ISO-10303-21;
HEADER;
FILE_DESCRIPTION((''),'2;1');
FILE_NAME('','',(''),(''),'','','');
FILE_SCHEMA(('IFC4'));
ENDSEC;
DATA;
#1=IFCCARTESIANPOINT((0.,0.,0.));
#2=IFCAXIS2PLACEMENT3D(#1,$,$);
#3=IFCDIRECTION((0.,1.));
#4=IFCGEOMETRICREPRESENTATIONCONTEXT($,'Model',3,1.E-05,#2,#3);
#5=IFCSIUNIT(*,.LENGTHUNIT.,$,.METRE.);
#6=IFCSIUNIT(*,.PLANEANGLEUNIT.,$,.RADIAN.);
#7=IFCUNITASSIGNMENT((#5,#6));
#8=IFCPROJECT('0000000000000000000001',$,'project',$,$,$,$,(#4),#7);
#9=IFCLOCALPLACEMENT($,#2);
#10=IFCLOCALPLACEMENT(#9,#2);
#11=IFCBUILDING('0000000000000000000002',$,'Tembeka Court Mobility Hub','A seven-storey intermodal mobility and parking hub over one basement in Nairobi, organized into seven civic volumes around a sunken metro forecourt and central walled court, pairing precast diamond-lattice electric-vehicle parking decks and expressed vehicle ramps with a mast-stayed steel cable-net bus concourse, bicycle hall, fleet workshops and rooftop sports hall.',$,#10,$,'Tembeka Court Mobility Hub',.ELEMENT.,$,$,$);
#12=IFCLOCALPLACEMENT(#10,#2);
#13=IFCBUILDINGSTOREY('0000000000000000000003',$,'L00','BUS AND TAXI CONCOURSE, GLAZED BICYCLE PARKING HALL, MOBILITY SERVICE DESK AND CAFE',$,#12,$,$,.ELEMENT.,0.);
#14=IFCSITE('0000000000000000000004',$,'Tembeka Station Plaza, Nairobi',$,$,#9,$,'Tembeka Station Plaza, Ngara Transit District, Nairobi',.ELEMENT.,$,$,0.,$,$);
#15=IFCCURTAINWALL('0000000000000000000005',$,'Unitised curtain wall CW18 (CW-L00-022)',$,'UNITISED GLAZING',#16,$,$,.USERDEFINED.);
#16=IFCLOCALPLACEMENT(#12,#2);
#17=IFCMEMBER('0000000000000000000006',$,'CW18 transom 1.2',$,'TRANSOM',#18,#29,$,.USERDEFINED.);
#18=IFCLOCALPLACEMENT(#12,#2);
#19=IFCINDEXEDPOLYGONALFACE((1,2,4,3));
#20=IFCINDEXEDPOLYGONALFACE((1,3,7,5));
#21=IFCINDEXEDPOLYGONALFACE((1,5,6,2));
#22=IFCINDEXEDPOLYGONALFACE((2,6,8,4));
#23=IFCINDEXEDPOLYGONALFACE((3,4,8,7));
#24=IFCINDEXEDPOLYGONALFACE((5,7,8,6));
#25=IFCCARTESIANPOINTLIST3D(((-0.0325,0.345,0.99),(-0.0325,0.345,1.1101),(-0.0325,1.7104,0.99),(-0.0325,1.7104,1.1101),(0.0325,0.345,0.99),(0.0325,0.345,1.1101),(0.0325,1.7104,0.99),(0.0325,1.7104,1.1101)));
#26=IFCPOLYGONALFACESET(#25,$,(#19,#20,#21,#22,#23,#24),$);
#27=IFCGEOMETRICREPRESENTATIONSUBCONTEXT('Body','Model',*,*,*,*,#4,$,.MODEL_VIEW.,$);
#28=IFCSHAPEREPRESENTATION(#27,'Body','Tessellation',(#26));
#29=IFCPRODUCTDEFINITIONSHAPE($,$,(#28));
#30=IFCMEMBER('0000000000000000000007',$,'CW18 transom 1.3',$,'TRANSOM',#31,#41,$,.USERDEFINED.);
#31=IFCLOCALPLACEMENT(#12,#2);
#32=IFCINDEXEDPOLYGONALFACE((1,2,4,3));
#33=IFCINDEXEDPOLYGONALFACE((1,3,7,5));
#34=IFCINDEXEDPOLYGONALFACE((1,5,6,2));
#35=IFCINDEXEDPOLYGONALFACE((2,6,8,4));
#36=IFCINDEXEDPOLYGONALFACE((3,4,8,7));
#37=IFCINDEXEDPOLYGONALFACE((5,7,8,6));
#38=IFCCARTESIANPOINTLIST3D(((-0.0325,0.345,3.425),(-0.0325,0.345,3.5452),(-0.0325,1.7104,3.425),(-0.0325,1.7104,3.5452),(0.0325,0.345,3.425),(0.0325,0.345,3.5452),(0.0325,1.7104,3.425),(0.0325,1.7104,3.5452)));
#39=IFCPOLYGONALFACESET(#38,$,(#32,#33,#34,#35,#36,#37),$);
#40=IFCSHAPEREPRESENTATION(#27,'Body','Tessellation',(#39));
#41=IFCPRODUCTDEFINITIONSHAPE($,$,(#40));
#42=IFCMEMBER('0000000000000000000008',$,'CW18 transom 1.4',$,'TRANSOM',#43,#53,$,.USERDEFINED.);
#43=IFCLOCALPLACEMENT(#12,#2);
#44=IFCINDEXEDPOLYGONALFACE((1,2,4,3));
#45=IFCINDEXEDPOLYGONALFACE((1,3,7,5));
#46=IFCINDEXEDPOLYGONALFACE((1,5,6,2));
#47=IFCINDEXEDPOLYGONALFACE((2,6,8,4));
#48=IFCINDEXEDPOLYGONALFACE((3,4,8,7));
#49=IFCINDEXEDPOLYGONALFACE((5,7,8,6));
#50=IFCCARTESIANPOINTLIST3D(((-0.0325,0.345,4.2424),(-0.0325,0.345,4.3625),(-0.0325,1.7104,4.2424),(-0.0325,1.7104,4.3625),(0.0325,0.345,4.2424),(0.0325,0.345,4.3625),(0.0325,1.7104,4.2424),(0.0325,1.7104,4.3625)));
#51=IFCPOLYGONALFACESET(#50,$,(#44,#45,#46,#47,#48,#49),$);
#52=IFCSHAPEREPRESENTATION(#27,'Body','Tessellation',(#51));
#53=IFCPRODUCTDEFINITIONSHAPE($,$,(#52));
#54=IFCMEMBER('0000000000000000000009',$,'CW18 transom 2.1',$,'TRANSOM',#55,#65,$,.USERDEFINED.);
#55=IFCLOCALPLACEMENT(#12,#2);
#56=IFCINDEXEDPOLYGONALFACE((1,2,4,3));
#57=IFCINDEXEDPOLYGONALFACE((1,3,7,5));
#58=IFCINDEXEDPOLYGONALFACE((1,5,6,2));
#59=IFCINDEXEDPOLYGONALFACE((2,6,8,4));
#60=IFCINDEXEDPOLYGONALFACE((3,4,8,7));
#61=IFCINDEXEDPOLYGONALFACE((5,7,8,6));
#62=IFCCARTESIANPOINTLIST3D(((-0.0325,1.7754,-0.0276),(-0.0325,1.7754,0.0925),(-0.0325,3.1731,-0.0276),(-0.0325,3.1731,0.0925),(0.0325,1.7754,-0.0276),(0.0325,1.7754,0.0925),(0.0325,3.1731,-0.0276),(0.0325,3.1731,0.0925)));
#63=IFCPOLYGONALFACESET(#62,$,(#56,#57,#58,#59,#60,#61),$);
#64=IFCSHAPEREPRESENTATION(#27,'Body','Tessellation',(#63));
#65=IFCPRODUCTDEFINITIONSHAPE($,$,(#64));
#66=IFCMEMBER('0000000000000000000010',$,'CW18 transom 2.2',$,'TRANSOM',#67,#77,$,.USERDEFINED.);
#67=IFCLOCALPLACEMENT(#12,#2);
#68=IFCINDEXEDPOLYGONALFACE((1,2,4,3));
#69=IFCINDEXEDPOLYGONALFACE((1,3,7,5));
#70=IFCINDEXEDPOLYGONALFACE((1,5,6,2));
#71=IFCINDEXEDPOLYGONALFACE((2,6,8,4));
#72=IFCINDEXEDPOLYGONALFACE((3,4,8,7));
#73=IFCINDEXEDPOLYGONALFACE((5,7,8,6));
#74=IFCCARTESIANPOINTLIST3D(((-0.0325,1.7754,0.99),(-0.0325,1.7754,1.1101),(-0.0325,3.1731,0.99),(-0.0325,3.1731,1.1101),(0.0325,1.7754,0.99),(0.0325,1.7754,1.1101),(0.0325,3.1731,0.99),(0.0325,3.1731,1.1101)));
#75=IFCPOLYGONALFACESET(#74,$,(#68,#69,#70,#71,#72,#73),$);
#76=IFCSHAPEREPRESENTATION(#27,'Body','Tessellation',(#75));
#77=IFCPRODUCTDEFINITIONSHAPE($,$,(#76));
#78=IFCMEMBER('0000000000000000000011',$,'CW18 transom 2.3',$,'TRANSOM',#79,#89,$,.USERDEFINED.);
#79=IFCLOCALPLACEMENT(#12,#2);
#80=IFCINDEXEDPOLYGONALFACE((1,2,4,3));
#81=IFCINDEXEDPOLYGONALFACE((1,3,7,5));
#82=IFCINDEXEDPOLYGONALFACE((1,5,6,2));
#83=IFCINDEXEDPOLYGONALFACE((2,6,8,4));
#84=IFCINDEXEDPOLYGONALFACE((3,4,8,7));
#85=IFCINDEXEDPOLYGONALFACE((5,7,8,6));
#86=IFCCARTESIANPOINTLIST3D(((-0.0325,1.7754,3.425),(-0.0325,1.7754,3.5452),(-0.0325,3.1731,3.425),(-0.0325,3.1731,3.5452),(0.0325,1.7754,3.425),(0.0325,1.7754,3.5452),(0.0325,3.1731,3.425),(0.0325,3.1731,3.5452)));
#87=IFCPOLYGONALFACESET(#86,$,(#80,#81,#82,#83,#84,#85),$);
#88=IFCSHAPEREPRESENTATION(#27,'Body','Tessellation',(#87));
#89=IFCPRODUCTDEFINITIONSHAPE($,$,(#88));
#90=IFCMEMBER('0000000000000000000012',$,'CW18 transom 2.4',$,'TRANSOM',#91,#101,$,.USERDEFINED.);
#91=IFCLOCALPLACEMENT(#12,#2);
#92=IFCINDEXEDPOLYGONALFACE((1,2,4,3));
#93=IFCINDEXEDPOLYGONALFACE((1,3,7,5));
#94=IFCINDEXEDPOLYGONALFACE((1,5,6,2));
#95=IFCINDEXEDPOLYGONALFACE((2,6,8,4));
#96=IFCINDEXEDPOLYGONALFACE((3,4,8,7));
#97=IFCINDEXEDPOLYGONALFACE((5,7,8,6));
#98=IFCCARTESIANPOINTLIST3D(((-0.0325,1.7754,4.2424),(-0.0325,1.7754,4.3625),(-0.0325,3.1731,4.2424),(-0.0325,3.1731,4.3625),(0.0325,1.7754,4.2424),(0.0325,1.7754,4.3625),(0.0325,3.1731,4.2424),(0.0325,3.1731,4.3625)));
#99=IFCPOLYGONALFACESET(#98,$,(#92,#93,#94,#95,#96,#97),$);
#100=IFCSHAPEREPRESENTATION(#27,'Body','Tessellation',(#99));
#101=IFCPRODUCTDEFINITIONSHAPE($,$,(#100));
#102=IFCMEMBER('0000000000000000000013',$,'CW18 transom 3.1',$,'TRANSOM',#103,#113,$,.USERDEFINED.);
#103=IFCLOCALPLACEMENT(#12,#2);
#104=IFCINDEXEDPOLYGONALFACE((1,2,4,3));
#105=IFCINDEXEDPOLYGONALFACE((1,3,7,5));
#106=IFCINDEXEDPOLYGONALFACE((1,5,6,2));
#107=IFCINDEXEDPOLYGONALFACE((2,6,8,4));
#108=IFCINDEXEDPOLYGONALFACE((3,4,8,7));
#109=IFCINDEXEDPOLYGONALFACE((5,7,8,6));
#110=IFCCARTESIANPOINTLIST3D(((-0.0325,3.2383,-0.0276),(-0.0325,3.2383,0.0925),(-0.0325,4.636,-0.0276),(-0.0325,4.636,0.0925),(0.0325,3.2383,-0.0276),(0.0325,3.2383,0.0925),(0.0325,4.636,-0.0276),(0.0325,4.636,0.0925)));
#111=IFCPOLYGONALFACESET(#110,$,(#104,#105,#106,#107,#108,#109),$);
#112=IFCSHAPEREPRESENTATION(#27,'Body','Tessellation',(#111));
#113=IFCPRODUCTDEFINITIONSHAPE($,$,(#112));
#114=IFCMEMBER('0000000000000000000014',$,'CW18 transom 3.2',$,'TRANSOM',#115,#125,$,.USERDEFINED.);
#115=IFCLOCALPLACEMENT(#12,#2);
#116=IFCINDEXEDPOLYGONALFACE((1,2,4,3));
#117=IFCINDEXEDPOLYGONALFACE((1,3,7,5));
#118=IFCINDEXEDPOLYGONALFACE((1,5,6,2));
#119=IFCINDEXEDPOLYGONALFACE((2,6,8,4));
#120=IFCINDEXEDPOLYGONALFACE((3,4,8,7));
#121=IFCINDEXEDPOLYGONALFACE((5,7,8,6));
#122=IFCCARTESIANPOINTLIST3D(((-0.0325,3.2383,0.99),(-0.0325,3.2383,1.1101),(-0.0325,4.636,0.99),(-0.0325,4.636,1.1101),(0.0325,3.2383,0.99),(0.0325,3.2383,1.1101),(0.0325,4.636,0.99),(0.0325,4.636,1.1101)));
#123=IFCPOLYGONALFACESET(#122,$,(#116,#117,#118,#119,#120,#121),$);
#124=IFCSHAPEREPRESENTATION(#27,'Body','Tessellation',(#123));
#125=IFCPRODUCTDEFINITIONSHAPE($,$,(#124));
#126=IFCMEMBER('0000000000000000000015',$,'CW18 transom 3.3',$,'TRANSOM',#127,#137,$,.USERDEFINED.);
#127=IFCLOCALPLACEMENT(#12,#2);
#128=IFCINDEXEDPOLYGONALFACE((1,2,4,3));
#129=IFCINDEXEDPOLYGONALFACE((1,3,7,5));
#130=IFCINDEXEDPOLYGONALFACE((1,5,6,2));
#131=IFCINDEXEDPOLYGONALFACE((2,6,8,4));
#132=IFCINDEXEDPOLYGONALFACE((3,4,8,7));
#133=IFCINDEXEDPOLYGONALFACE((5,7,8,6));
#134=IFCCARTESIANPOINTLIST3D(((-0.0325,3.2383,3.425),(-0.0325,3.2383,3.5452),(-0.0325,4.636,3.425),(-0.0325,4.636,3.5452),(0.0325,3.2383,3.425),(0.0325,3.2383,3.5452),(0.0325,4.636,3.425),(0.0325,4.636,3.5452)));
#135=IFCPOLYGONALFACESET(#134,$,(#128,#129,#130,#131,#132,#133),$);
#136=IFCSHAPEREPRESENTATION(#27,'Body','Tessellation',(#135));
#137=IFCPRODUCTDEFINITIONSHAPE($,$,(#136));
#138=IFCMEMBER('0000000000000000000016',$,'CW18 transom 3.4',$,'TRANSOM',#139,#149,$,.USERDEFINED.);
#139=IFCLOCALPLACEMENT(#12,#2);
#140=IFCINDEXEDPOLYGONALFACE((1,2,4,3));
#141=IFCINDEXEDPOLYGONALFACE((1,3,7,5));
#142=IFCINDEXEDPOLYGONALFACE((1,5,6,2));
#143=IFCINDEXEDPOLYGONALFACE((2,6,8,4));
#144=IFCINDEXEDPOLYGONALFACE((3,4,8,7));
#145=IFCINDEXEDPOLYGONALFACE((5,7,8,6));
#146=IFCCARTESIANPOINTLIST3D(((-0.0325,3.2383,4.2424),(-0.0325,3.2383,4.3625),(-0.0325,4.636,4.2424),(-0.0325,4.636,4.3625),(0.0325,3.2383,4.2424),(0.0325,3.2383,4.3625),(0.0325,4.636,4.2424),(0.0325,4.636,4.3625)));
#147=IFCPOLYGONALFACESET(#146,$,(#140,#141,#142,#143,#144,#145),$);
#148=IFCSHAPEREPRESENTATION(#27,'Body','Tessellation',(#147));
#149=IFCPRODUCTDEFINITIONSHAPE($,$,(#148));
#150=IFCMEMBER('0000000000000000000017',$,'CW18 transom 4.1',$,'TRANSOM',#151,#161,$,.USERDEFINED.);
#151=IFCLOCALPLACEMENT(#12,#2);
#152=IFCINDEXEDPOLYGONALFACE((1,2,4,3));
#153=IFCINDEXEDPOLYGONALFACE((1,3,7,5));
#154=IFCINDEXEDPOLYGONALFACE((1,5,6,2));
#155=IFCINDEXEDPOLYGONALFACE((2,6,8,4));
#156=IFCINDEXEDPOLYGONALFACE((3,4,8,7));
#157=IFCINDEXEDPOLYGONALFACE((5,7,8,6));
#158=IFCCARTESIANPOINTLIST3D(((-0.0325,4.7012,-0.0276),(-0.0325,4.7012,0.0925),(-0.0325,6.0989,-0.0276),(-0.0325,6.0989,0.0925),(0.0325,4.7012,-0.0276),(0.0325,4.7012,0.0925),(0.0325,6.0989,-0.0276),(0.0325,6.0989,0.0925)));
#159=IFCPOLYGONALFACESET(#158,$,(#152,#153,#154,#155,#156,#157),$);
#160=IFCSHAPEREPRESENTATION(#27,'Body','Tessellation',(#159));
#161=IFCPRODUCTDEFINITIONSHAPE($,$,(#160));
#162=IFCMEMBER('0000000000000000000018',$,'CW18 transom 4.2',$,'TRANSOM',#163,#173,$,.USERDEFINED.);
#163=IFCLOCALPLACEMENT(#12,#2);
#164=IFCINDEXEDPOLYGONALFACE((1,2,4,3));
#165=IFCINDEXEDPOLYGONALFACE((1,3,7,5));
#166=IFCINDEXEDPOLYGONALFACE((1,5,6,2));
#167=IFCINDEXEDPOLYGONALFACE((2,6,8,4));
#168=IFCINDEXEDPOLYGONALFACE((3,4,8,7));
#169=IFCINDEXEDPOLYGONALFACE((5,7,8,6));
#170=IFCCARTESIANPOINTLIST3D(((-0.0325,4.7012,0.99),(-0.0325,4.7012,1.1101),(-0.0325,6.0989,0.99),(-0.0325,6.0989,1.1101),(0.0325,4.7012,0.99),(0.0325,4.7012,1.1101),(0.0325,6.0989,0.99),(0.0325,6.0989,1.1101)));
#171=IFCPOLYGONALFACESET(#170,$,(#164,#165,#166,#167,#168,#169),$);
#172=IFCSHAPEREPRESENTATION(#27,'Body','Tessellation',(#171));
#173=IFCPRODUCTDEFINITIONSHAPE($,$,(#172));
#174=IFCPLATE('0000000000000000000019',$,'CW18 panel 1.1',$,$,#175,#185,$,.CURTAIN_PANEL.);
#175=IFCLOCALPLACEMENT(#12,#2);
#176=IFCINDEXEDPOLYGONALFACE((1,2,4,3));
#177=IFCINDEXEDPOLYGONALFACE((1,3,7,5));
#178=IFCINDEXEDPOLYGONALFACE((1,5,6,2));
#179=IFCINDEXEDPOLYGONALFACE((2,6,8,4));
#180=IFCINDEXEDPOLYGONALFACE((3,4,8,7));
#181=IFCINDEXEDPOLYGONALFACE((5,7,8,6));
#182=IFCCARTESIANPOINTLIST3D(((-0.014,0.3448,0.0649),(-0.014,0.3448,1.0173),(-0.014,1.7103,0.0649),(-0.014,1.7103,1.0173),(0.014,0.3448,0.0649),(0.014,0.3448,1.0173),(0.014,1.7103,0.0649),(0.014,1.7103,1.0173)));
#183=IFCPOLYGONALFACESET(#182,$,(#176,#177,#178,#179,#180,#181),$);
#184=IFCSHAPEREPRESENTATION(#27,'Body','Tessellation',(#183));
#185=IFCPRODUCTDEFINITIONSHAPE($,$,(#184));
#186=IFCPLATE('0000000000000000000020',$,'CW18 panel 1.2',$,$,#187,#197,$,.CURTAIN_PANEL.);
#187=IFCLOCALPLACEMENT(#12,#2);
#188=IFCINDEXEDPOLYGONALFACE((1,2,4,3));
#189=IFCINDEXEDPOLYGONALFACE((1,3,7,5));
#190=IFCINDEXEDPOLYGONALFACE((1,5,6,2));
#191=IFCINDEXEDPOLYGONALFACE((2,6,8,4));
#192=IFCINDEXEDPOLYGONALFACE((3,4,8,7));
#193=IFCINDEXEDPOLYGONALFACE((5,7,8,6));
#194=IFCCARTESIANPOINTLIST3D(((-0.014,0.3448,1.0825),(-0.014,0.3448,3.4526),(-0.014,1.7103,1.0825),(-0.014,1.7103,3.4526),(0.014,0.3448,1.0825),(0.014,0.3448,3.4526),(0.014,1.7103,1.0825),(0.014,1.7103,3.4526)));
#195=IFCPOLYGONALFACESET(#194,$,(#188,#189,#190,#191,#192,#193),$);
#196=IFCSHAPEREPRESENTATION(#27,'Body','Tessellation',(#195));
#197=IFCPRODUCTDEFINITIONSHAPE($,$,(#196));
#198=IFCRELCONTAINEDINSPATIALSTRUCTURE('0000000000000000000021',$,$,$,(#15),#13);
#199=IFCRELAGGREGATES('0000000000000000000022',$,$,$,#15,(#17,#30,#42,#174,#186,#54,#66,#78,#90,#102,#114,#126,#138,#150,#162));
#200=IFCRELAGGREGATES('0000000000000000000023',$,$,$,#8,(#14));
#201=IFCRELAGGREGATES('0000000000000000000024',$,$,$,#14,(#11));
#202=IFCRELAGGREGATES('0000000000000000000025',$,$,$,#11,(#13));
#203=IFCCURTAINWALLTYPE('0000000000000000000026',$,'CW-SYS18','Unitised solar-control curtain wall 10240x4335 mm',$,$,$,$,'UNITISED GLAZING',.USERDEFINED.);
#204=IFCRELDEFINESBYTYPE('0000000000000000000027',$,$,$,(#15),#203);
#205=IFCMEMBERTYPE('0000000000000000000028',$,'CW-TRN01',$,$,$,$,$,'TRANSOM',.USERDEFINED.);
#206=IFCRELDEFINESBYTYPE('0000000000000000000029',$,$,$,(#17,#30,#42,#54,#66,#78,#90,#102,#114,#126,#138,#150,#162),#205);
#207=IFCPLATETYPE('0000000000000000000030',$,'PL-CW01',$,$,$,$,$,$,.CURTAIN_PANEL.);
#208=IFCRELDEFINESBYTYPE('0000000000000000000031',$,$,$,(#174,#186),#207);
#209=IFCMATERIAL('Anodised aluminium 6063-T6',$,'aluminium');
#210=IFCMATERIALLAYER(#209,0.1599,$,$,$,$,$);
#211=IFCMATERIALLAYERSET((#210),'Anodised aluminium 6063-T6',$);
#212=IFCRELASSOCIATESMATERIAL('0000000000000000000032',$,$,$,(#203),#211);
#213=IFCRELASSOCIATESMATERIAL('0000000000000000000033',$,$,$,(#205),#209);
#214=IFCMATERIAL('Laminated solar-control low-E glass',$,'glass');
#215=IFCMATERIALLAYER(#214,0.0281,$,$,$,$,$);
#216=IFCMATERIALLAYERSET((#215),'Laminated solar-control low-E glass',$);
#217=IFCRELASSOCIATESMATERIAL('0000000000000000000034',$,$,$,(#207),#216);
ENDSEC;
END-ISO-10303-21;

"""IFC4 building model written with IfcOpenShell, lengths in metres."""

from ifc_helpers import new_model, si_unit, direction, frame, origin, origin_2d, place, context, subcontext, project, spatial, rectangle, extrude, material, layer, layer_set, material_profile, profile_set, type_object, element, aggregate, save


model = new_model("IFC4")

# Units and contexts
model_context = context("Model", 3, precision=1e-05, world=origin(), true_north=direction((0.0, 1.0)))
body_context = subcontext(model_context, "Body", "Model", "MODEL_VIEW")
ifc_project = project(units=[si_unit("LENGTHUNIT", "METRE"), si_unit("PLANEANGLEUNIT", "RADIAN")], contexts=[model_context])

# Site, building, storey
site_placement = place(None, origin())
site = spatial("IfcSite", under=ifc_project, at=site_placement, Name="Tembeka Station Plaza, Nairobi", LongName="Tembeka Station Plaza, Ngara Transit District, Nairobi", CompositionType="ELEMENT", RefElevation=0.0)
building_placement = place(site_placement, origin())
building = spatial("IfcBuilding", under=site, at=building_placement, Name="Tembeka Court Mobility Hub", Description="A seven-storey intermodal mobility and parking hub over one basement in Nairobi, organized into seven civic volumes around a sunken metro forecourt and central walled court, pairing precast diamond-lattice electric-vehicle parking decks and expressed vehicle ramps with a mast-stayed steel cable-net bus concourse, bicycle hall, fleet workshops and rooftop sports hall.", LongName="Tembeka Court Mobility Hub", CompositionType="ELEMENT")
storey_placement = place(building_placement, origin())
storey = spatial("IfcBuildingStorey", under=building, at=storey_placement, Name="L00", Description="BUS AND TAXI CONCOURSE, GLAZED BICYCLE PARKING HALL, MOBILITY SERVICE DESK AND CAFE", CompositionType="ELEMENT", Elevation=0.0)

# Curtain wall, members, plates
ifc_material_1 = material(Name="Anodised aluminium 6063-T6", Category="aluminium")
ifc_layer_1 = layer(ifc_material_1, 0.1599)
ifc_layer_set_1 = layer_set([ifc_layer_1], Name="Anodised aluminium 6063-T6")
curtain_wall_type = type_object("IfcCurtainWallType", Name="CW-SYS18", Description="Unitised solar-control curtain wall 10240x4335 mm", ElementType="UNITISED GLAZING", PredefinedType="USERDEFINED", material=ifc_layer_set_1)
curtain_wall_placement = place(storey_placement, origin())
curtain_wall = element("IfcCurtainWall", 1, at=curtain_wall_placement, inside=storey, type_object=curtain_wall_type, Name="Unitised curtain wall CW18 (CW-L00-022)", ObjectType="UNITISED GLAZING", PredefinedType="USERDEFINED")
ifc_material_profile = material_profile(ifc_material_1, rectangle(XDim=0.0649, YDim=0.1201, at=origin_2d()), Name="ALU-TRN 65x120")
ifc_profile_set = profile_set([ifc_material_profile], Name="Anodised aluminium 6063-T6")
member_type = type_object("IfcMemberType", Name="CW-TRN01", ElementType="TRANSOM", PredefinedType="USERDEFINED", material=ifc_profile_set)
member_1_placement = place(storey_placement, frame((0.0, 0.345, 1.05), z_axis=(0.0, 1.0, 0.0), x_axis=(-1.0, 0.0, 0.0)))
member_1 = element("IfcMember", 2, at=member_1_placement, type_object=member_type, Name="CW18 transom 1.2", ObjectType="TRANSOM", PredefinedType="USERDEFINED", context=body_context, shape_type="SweptSolid", body=[
    extrude(rectangle(XDim=0.0649, YDim=0.1201, at=origin_2d()), origin(), (0.0, 0.0, 1.0), 1.3655),
])
member_2_placement = place(storey_placement, frame((0.0, 0.345, 3.4851), z_axis=(0.0, 1.0, 0.0), x_axis=(-1.0, 0.0, 0.0)))
member_2 = element("IfcMember", 3, at=member_2_placement, type_object=member_type, Name="CW18 transom 1.3", ObjectType="TRANSOM", PredefinedType="USERDEFINED", context=body_context, shape_type="SweptSolid", body=[
    extrude(rectangle(XDim=0.0649, YDim=0.1201, at=origin_2d()), origin(), (0.0, 0.0, 1.0), 1.3655),
])
member_3_placement = place(storey_placement, frame((0.0, 0.345, 4.3025), z_axis=(0.0, 1.0, 0.0), x_axis=(-1.0, 0.0, 0.0)))
member_3 = element("IfcMember", 4, at=member_3_placement, type_object=member_type, Name="CW18 transom 1.4", ObjectType="TRANSOM", PredefinedType="USERDEFINED", context=body_context, shape_type="SweptSolid", body=[
    extrude(rectangle(XDim=0.0649, YDim=0.1201, at=origin_2d()), origin(), (0.0, 0.0, 1.0), 1.3655),
])
member_4_placement = place(storey_placement, frame((0.0, 1.7754, 0.0325), z_axis=(0.0, 1.0, 0.0), x_axis=(-1.0, 0.0, 0.0)))
member_4 = element("IfcMember", 5, at=member_4_placement, type_object=member_type, Name="CW18 transom 2.1", ObjectType="TRANSOM", PredefinedType="USERDEFINED", context=body_context, shape_type="SweptSolid", body=[
    extrude(rectangle(XDim=0.0649, YDim=0.1201, at=origin_2d()), origin(), (0.0, 0.0, 1.0), 1.3977),
])
member_5_placement = place(storey_placement, frame((0.0, 1.7754, 1.05), z_axis=(0.0, 1.0, 0.0), x_axis=(-1.0, 0.0, 0.0)))
member_5 = element("IfcMember", 6, at=member_5_placement, type_object=member_type, Name="CW18 transom 2.2", ObjectType="TRANSOM", PredefinedType="USERDEFINED", context=body_context, shape_type="SweptSolid", body=[
    extrude(rectangle(XDim=0.0649, YDim=0.1201, at=origin_2d()), origin(), (0.0, 0.0, 1.0), 1.3977),
])
member_6_placement = place(storey_placement, frame((0.0, 1.7754, 3.4851), z_axis=(0.0, 1.0, 0.0), x_axis=(-1.0, 0.0, 0.0)))
member_6 = element("IfcMember", 7, at=member_6_placement, type_object=member_type, Name="CW18 transom 2.3", ObjectType="TRANSOM", PredefinedType="USERDEFINED", context=body_context, shape_type="SweptSolid", body=[
    extrude(rectangle(XDim=0.0649, YDim=0.1201, at=origin_2d()), origin(), (0.0, 0.0, 1.0), 1.3977),
])
member_7_placement = place(storey_placement, frame((0.0, 1.7754, 4.3025), z_axis=(0.0, 1.0, 0.0), x_axis=(-1.0, 0.0, 0.0)))
member_7 = element("IfcMember", 8, at=member_7_placement, type_object=member_type, Name="CW18 transom 2.4", ObjectType="TRANSOM", PredefinedType="USERDEFINED", context=body_context, shape_type="SweptSolid", body=[
    extrude(rectangle(XDim=0.0649, YDim=0.1201, at=origin_2d()), origin(), (0.0, 0.0, 1.0), 1.3977),
])
member_8_placement = place(storey_placement, frame((0.0, 3.2383, 0.0325), z_axis=(0.0, 1.0, 0.0), x_axis=(-1.0, 0.0, 0.0)))
member_8 = element("IfcMember", 9, at=member_8_placement, type_object=member_type, Name="CW18 transom 3.1", ObjectType="TRANSOM", PredefinedType="USERDEFINED", context=body_context, shape_type="SweptSolid", body=[
    extrude(rectangle(XDim=0.0649, YDim=0.1201, at=origin_2d()), origin(), (0.0, 0.0, 1.0), 1.3977),
])
member_9_placement = place(storey_placement, frame((0.0, 3.2383, 1.05), z_axis=(0.0, 1.0, 0.0), x_axis=(-1.0, 0.0, 0.0)))
member_9 = element("IfcMember", 10, at=member_9_placement, type_object=member_type, Name="CW18 transom 3.2", ObjectType="TRANSOM", PredefinedType="USERDEFINED", context=body_context, shape_type="SweptSolid", body=[
    extrude(rectangle(XDim=0.0649, YDim=0.1201, at=origin_2d()), origin(), (0.0, 0.0, 1.0), 1.3977),
])
member_10_placement = place(storey_placement, frame((0.0, 3.2383, 3.4851), z_axis=(0.0, 1.0, 0.0), x_axis=(-1.0, 0.0, 0.0)))
member_10 = element("IfcMember", 11, at=member_10_placement, type_object=member_type, Name="CW18 transom 3.3", ObjectType="TRANSOM", PredefinedType="USERDEFINED", context=body_context, shape_type="SweptSolid", body=[
    extrude(rectangle(XDim=0.0649, YDim=0.1201, at=origin_2d()), origin(), (0.0, 0.0, 1.0), 1.3977),
])
member_11_placement = place(storey_placement, frame((0.0, 3.2383, 4.3025), z_axis=(0.0, 1.0, 0.0), x_axis=(-1.0, 0.0, 0.0)))
member_11 = element("IfcMember", 12, at=member_11_placement, type_object=member_type, Name="CW18 transom 3.4", ObjectType="TRANSOM", PredefinedType="USERDEFINED", context=body_context, shape_type="SweptSolid", body=[
    extrude(rectangle(XDim=0.0649, YDim=0.1201, at=origin_2d()), origin(), (0.0, 0.0, 1.0), 1.3977),
])
member_12_placement = place(storey_placement, frame((0.0, 4.7012, 0.0325), z_axis=(0.0, 1.0, 0.0), x_axis=(-1.0, 0.0, 0.0)))
member_12 = element("IfcMember", 13, at=member_12_placement, type_object=member_type, Name="CW18 transom 4.1", ObjectType="TRANSOM", PredefinedType="USERDEFINED", context=body_context, shape_type="SweptSolid", body=[
    extrude(rectangle(XDim=0.0649, YDim=0.1201, at=origin_2d()), origin(), (0.0, 0.0, 1.0), 1.3977),
])
member_13_placement = place(storey_placement, frame((0.0, 4.7012, 1.05), z_axis=(0.0, 1.0, 0.0), x_axis=(-1.0, 0.0, 0.0)))
member_13 = element("IfcMember", 14, at=member_13_placement, type_object=member_type, Name="CW18 transom 4.2", ObjectType="TRANSOM", PredefinedType="USERDEFINED", context=body_context, shape_type="SweptSolid", body=[
    extrude(rectangle(XDim=0.0649, YDim=0.1201, at=origin_2d()), origin(), (0.0, 0.0, 1.0), 1.3977),
])
ifc_material_2 = material(Name="Laminated solar-control low-E glass", Category="glass")
ifc_layer_2 = layer(ifc_material_2, 0.0281)
ifc_layer_set_2 = layer_set([ifc_layer_2], Name="Laminated solar-control low-E glass")
plate_type = type_object("IfcPlateType", Name="PL-CW01", PredefinedType="CURTAIN_PANEL", material=ifc_layer_set_2)
plate_1_placement = place(storey_placement, frame((0.0, 1.0276, 0.0649), z_axis=(0.0, 0.0, 1.0), x_axis=(0.0, 1.0, 0.0)))
plate_1 = element("IfcPlate", 15, at=plate_1_placement, type_object=plate_type, Name="CW18 panel 1.1", PredefinedType="CURTAIN_PANEL", context=body_context, shape_type="SweptSolid", body=[
    extrude(rectangle(XDim=1.3655, YDim=0.0281, at=origin_2d()), origin(), (0.0, 0.0, 1.0), 0.9524),
])
plate_2_placement = place(storey_placement, frame((0.0, 1.0276, 1.0825), z_axis=(0.0, 0.0, 1.0), x_axis=(0.0, 1.0, 0.0)))
plate_2 = element("IfcPlate", 16, at=plate_2_placement, type_object=plate_type, Name="CW18 panel 1.2", PredefinedType="CURTAIN_PANEL", context=body_context, shape_type="SweptSolid", body=[
    extrude(rectangle(XDim=1.3655, YDim=0.0281, at=origin_2d()), origin(), (0.0, 0.0, 1.0), 2.3701),
])
aggregate(curtain_wall, [member_1, member_2, member_3, plate_1, plate_2, member_4, member_5, member_6, member_7, member_8, member_9, member_10, member_11, member_12, member_13])

save(model, "model.ifc")
